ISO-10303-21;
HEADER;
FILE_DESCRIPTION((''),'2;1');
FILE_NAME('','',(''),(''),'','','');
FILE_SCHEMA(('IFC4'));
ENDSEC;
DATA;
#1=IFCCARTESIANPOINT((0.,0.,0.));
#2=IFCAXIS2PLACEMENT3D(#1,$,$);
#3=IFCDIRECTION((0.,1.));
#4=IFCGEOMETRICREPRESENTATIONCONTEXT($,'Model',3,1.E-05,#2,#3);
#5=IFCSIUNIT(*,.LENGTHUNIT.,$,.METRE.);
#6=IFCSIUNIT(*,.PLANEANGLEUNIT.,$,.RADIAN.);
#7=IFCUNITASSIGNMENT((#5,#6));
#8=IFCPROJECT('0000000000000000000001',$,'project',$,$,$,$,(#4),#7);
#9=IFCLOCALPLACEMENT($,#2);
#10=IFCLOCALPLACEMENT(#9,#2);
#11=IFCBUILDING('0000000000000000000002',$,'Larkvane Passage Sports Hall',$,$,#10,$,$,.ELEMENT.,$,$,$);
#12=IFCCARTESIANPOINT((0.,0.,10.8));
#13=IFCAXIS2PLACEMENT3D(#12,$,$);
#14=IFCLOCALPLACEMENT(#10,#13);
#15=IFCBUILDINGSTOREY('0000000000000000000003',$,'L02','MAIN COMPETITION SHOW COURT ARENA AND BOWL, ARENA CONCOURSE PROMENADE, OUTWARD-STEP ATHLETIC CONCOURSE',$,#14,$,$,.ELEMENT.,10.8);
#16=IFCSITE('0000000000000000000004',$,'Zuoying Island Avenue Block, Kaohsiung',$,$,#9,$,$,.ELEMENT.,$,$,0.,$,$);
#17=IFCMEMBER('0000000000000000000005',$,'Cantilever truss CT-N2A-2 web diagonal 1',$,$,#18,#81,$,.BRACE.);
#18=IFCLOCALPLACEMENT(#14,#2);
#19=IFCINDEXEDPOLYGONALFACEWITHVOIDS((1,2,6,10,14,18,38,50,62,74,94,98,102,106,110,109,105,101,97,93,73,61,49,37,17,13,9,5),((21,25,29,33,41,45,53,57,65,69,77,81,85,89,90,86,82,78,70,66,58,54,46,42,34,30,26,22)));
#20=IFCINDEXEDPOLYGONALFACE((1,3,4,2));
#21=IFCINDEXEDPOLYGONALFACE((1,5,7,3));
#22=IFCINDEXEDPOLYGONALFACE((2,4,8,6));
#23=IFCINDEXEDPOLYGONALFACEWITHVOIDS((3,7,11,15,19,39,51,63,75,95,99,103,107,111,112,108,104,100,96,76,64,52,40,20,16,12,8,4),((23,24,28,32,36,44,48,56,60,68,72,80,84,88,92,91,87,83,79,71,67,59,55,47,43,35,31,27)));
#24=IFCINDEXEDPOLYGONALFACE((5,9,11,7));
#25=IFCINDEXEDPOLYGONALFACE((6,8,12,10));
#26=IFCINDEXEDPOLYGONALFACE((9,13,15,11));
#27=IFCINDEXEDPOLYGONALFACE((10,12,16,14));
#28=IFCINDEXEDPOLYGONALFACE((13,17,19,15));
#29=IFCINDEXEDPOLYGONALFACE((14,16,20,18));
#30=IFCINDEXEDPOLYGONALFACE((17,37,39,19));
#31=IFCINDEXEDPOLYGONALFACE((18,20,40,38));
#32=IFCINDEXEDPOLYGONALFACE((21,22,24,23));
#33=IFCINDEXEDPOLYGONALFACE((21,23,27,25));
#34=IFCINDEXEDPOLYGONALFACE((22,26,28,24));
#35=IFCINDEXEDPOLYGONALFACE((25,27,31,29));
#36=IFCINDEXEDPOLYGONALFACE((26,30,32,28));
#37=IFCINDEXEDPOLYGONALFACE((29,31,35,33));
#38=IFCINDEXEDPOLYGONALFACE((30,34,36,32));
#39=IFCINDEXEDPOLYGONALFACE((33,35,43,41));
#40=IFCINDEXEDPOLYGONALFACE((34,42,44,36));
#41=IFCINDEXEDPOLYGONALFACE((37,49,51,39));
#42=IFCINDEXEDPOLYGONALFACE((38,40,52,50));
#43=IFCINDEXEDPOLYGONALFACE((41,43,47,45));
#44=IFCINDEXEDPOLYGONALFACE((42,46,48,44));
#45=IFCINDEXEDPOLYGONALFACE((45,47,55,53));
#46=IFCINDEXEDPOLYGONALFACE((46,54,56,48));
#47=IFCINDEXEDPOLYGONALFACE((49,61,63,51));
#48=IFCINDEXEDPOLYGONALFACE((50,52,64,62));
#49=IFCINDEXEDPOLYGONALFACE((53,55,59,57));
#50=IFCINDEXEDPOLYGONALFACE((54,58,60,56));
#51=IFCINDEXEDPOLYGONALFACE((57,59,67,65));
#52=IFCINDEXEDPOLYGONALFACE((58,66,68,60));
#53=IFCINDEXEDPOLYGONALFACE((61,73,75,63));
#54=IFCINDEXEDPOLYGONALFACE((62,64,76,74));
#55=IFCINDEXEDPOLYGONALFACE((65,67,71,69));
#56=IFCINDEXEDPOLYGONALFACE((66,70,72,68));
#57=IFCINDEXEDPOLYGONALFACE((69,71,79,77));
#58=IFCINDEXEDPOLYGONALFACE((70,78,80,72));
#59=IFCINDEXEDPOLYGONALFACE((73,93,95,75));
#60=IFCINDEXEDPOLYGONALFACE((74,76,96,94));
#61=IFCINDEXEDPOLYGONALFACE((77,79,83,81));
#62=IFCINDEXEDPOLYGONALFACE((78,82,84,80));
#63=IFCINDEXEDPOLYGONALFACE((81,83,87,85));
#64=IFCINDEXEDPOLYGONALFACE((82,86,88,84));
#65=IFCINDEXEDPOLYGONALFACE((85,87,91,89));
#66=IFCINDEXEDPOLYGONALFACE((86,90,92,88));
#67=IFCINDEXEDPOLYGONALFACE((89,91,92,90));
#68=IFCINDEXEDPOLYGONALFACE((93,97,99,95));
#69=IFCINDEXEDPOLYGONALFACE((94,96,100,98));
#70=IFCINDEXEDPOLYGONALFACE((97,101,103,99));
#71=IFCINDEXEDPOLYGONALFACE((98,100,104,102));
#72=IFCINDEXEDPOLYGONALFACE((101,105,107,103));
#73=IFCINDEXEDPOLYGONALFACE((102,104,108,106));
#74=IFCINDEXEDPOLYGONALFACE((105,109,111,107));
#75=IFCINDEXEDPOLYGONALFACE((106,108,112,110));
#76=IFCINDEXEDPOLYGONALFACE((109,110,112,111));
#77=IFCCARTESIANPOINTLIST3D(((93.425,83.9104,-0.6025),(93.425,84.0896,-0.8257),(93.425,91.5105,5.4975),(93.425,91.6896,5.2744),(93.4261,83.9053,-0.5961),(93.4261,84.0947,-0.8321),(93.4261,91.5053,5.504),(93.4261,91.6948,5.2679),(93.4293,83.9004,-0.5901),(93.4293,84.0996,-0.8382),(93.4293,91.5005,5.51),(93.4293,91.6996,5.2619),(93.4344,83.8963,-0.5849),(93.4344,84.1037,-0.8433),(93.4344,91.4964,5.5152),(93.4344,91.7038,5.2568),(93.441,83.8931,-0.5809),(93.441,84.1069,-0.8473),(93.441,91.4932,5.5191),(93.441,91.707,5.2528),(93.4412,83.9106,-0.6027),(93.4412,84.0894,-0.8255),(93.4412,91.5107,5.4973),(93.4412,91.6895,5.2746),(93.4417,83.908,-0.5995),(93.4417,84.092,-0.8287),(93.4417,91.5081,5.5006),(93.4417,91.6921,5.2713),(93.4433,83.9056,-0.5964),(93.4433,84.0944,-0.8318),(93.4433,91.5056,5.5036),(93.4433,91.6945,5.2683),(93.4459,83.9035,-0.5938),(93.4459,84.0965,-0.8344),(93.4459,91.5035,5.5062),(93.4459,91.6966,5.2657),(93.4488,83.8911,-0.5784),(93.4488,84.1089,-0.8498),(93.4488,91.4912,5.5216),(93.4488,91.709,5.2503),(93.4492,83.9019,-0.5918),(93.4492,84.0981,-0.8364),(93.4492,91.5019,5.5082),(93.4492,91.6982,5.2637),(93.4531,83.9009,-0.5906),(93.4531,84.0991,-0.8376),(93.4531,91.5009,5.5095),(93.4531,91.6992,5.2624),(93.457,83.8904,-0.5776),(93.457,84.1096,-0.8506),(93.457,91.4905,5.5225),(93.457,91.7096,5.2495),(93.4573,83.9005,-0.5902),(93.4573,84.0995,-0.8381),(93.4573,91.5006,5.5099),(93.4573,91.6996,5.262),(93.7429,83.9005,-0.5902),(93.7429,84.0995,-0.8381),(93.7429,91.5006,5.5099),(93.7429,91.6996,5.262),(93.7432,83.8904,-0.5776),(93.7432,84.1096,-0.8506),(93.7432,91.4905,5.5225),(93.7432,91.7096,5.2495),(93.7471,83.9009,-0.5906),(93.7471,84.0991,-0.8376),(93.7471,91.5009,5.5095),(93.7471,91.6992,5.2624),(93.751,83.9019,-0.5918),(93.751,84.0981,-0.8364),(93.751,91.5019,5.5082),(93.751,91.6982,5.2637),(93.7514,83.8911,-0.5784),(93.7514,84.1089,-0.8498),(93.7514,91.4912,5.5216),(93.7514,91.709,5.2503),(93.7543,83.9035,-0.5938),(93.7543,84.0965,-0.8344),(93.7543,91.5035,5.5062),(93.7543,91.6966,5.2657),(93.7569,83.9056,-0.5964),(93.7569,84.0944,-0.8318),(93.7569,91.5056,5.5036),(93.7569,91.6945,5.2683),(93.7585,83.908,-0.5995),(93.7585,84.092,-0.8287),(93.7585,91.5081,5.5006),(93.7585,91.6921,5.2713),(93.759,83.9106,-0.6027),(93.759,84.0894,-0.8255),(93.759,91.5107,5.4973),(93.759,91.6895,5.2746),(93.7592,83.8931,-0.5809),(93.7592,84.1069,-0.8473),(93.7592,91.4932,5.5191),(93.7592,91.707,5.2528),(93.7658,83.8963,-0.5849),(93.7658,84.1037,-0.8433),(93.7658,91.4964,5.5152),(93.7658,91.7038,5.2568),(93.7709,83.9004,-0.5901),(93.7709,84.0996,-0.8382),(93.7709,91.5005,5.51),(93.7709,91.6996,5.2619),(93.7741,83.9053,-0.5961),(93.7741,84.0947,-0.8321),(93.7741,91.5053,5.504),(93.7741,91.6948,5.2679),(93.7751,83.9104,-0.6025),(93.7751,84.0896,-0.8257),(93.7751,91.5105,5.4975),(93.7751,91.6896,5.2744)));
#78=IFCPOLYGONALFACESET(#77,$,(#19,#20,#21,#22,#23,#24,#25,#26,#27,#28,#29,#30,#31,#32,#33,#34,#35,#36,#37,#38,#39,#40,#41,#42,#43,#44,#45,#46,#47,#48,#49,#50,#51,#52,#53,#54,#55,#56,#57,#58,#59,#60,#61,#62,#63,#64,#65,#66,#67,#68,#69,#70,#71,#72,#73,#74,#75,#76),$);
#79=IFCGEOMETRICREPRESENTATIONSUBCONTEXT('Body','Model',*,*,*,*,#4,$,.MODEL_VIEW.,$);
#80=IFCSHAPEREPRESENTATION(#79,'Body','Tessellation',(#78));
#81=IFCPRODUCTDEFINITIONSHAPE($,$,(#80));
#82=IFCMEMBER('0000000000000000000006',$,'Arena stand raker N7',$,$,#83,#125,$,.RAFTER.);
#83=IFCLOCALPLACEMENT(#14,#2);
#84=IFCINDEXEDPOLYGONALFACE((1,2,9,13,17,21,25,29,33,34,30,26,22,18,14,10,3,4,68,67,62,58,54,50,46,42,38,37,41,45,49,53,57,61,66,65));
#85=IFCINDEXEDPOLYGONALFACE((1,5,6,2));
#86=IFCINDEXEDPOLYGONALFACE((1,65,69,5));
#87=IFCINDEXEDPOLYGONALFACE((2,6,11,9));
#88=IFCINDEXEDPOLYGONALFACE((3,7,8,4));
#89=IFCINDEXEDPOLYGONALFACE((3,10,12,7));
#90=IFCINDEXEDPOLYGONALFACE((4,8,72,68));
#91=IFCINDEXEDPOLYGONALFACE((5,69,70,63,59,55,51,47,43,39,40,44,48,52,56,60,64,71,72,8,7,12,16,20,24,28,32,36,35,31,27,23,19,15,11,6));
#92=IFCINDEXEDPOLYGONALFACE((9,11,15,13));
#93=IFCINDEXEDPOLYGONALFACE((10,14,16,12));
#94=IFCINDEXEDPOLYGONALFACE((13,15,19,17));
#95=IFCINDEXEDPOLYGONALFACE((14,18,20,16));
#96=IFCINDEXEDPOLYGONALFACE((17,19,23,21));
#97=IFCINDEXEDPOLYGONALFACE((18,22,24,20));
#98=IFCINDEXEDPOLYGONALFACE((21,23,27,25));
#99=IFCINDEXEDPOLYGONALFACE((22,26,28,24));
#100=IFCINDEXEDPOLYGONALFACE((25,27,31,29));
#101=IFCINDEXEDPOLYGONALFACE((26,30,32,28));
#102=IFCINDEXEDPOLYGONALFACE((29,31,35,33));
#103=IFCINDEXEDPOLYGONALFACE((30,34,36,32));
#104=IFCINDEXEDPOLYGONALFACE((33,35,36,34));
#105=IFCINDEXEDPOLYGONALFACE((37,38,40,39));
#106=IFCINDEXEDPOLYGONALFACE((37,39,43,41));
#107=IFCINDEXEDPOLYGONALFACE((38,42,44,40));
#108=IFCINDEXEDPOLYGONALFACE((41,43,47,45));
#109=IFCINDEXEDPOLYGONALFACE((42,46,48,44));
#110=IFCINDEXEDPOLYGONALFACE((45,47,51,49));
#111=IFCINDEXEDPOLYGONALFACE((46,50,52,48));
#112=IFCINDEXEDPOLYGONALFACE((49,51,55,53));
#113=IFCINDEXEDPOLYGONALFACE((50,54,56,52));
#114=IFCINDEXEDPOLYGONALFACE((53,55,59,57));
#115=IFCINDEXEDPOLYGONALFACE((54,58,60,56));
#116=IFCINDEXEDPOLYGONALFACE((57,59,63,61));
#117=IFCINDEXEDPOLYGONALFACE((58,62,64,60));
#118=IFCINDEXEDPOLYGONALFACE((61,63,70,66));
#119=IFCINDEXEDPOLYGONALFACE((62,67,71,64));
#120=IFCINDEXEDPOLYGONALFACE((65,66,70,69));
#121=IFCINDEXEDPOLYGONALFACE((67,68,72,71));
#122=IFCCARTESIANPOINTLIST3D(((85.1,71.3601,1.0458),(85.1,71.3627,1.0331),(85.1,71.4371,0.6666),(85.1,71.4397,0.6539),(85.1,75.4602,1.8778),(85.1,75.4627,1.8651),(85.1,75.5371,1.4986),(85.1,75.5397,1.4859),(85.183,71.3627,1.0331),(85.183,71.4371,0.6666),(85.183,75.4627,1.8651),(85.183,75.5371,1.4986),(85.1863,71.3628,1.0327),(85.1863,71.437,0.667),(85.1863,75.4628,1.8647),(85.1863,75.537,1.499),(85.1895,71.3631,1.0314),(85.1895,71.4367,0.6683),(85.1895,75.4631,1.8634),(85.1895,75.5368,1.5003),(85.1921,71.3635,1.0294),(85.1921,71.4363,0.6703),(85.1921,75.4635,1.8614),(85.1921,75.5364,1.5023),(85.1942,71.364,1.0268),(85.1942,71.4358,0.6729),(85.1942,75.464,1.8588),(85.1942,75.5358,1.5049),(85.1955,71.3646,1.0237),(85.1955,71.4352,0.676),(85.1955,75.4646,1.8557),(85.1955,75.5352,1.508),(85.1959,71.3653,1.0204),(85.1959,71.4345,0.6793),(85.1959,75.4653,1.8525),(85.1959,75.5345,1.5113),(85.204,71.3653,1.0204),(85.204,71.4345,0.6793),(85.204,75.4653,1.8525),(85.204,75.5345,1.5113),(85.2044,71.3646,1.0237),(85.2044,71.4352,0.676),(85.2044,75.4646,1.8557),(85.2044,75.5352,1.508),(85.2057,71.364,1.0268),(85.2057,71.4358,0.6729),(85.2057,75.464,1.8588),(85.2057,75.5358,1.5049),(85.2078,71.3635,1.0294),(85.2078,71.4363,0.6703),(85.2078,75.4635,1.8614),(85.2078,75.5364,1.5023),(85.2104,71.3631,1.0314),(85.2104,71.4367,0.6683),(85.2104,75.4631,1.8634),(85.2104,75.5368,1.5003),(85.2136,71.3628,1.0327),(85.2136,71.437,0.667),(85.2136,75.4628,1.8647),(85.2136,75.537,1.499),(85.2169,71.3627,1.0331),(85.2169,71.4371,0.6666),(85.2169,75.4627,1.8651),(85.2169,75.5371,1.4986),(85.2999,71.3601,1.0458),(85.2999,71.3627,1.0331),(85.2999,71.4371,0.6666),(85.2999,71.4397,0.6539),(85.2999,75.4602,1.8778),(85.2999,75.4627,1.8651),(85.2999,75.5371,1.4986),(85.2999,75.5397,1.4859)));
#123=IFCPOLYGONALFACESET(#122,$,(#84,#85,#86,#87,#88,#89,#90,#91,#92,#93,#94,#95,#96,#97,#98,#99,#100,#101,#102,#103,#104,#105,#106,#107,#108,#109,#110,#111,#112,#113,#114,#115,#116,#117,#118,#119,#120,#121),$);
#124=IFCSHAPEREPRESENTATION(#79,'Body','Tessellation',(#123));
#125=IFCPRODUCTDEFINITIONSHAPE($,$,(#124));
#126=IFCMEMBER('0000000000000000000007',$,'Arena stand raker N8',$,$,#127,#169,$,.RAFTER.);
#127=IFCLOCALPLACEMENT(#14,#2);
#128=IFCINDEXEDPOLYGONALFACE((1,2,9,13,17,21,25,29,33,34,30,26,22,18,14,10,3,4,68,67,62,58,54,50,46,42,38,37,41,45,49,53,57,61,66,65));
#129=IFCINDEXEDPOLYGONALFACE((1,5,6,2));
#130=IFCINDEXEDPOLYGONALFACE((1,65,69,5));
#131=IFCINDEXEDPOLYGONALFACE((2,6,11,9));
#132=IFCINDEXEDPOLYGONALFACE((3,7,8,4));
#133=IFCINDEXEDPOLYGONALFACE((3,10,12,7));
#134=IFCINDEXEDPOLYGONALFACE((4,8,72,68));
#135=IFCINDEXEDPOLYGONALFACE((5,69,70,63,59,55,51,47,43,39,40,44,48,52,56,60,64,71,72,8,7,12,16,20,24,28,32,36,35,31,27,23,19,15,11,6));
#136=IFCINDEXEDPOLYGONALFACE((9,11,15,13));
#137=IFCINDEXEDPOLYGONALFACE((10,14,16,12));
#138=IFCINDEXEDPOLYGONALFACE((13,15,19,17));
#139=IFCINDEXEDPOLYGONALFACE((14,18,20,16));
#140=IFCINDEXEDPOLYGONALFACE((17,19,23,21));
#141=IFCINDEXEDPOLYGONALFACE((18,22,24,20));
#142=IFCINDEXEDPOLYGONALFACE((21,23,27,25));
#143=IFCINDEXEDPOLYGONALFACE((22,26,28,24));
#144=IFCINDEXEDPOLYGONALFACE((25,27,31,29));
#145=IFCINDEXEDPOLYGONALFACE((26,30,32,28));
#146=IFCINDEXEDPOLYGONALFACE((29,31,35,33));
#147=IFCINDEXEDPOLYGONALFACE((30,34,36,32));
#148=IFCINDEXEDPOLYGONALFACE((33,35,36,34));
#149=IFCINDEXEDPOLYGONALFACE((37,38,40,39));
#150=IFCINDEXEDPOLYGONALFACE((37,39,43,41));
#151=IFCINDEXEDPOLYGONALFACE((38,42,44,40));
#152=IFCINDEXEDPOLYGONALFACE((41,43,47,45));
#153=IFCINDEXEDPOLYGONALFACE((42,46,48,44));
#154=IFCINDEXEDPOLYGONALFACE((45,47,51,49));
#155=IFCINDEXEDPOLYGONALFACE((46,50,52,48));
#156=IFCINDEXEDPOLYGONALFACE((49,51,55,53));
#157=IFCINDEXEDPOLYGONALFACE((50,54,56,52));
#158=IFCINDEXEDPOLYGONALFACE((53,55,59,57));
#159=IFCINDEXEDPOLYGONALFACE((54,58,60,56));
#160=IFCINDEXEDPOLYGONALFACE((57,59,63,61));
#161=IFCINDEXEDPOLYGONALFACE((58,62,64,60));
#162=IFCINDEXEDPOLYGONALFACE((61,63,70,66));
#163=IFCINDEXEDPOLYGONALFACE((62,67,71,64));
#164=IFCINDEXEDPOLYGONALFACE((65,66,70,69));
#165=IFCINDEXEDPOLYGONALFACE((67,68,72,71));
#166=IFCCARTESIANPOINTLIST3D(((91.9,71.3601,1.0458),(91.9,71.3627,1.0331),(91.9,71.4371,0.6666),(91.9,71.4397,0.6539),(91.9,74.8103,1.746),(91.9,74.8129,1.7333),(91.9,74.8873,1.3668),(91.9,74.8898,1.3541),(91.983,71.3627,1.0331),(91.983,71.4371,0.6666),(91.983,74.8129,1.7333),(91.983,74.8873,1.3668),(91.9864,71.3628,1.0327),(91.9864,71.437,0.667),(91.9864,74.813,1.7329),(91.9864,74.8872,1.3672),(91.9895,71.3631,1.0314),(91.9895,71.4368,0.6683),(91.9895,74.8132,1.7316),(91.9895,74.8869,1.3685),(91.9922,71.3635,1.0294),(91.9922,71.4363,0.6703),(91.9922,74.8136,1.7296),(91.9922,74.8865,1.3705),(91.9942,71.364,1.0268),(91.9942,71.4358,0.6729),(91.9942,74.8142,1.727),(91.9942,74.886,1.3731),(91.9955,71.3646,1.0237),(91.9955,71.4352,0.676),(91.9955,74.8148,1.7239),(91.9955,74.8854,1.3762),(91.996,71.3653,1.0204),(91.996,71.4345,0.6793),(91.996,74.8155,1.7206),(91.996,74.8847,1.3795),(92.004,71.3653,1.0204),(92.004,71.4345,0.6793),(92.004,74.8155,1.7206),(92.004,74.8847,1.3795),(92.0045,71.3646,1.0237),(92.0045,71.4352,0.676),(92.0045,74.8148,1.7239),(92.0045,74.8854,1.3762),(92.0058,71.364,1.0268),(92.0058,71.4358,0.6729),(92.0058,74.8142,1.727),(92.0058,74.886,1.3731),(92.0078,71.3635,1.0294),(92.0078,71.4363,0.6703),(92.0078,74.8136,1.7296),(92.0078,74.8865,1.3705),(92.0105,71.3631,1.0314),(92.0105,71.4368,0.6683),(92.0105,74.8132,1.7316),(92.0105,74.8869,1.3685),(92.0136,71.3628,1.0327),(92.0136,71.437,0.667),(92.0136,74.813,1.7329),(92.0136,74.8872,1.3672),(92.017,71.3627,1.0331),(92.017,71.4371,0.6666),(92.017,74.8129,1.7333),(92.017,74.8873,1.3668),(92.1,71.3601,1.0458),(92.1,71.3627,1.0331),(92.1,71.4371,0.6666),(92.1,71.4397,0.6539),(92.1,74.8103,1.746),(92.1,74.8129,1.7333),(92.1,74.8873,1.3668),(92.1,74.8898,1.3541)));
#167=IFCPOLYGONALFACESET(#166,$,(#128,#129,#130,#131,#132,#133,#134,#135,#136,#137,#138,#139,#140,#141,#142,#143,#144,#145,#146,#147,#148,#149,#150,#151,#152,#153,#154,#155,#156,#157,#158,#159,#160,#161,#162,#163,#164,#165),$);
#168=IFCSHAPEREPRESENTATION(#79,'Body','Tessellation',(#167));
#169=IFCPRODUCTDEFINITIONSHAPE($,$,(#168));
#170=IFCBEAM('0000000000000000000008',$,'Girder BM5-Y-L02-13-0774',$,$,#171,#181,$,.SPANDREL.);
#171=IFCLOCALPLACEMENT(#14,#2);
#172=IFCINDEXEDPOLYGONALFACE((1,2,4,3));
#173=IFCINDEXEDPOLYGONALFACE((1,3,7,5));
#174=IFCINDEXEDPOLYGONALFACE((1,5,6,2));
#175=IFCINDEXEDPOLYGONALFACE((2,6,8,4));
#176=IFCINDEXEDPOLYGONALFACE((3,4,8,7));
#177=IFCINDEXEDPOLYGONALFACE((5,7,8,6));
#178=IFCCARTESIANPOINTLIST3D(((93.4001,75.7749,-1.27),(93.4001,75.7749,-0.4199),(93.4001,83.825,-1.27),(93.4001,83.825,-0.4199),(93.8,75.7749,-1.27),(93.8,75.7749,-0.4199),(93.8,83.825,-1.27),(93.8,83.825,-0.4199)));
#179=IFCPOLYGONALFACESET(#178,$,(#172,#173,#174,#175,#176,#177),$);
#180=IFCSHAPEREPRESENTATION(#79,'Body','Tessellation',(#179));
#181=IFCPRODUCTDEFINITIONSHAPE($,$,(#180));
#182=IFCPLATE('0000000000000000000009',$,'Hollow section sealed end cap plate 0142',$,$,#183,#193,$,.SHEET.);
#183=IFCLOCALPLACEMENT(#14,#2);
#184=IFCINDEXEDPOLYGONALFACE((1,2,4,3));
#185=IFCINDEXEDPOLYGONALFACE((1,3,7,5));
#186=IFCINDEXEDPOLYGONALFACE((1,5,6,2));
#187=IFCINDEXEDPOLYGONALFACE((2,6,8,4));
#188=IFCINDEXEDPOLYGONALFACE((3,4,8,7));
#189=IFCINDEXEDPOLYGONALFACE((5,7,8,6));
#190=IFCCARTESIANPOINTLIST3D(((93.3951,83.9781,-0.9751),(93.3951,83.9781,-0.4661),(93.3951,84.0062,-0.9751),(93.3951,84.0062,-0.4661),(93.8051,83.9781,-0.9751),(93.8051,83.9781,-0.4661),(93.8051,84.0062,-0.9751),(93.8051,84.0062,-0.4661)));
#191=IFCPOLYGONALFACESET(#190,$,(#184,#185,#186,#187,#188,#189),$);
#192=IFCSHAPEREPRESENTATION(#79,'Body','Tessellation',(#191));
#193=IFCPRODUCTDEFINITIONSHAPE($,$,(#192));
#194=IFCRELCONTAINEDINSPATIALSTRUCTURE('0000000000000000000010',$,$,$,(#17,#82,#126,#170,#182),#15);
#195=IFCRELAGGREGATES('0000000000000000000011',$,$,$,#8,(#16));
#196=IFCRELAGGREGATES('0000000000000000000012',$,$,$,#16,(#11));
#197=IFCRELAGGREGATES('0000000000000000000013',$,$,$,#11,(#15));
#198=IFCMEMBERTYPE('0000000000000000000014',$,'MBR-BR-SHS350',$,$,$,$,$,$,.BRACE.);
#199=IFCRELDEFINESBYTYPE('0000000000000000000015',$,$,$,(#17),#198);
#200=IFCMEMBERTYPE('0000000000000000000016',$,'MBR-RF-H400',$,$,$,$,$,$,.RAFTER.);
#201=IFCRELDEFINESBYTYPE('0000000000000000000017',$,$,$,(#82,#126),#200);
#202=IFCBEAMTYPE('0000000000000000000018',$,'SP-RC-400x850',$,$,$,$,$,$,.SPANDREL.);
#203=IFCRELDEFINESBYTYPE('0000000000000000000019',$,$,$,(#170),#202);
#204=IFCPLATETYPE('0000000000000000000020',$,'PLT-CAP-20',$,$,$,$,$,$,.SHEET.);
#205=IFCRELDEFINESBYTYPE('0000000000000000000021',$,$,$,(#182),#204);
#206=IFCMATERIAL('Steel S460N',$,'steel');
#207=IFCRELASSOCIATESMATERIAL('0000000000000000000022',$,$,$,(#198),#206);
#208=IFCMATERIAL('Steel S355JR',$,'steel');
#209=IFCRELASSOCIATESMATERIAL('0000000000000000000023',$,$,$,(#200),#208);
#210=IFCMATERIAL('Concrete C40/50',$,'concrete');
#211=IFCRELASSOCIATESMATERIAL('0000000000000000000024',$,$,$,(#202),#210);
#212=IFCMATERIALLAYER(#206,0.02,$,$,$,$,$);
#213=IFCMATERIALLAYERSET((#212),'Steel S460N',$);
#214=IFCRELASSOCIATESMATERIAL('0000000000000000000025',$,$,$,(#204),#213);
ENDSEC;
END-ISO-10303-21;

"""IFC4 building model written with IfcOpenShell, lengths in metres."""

from ifc_helpers import new_model, si_unit, direction, frame, origin, origin_2d, place, context, subcontext, project, spatial, rectangle, hollow_rectangle, i_section, extrude, material, layer, layer_set, material_profile, profile_set, type_object, element, save


model = new_model("IFC4")

# Units and contexts
model_context = context("Model", 3, precision=1e-05, world=origin(), true_north=direction((0.0, 1.0)))
body_context = subcontext(model_context, "Body", "Model", "MODEL_VIEW")
ifc_project = project(units=[si_unit("LENGTHUNIT", "METRE"), si_unit("PLANEANGLEUNIT", "RADIAN")], contexts=[model_context])

# Site, building, storey
site_placement = place(None, origin())
site = spatial("IfcSite", under=ifc_project, at=site_placement, Name="Zuoying Island Avenue Block, Kaohsiung", CompositionType="ELEMENT", RefElevation=0.0)
building_placement = place(site_placement, origin())
building = spatial("IfcBuilding", under=site, at=building_placement, Name="Larkvane Passage Sports Hall", CompositionType="ELEMENT")
storey_placement = place(building_placement, frame((0.0, 0.0, 10.8)))
storey = spatial("IfcBuildingStorey", under=building, at=storey_placement, Name="L02", Description="MAIN COMPETITION SHOW COURT ARENA AND BOWL, ARENA CONCOURSE PROMENADE, OUTWARD-STEP ATHLETIC CONCOURSE", CompositionType="ELEMENT", Elevation=10.8)

# Shared definitions
ifc_material_1 = material(Name="Steel S355JR", Category="steel")
ifc_material_2 = material(Name="Steel S460N", Category="steel")

# Members
ifc_material_profile_1 = material_profile(ifc_material_2, hollow_rectangle(XDim=0.3501, YDim=0.3501, WallThickness=0.0161, InnerFilletRadius=0.0161, OuterFilletRadius=0.032, at=origin_2d()), Name="SHS-350x350x16")
ifc_profile_set_1 = profile_set([ifc_material_profile_1], Name="Steel S460N")
member_type_1 = type_object("IfcMemberType", Name="MBR-BR-SHS350", PredefinedType="BRACE", material=ifc_profile_set_1)
member_1_placement = place(storey_placement, frame((93.6001, 84.0, -0.7141), z_axis=(0.0, 0.779866, 0.625947), x_axis=(-1.0, 0.0, 0.0)))
element("IfcMember", 1, at=member_1_placement, inside=storey, type_object=member_type_1, Name="Cantilever truss CT-N2A-2 web diagonal 1", PredefinedType="BRACE", context=body_context, shape_type="SweptSolid", body=[
    extrude(hollow_rectangle(XDim=0.3501, YDim=0.3501, WallThickness=0.0161, InnerFilletRadius=0.0161, OuterFilletRadius=0.032, at=origin_2d()), origin(), (0.0, 0.0, 1.0), 9.7454),
])
ifc_material_profile_2 = material_profile(ifc_material_1, i_section(OverallWidth=0.2, OverallDepth=0.3999, WebThickness=0.0081, FlangeThickness=0.0129, FilletRadius=0.0129, at=origin_2d()), Name="H-400x200x8x13")
ifc_profile_set_2 = profile_set([ifc_material_profile_2], Name="Steel S355JR")
member_type_2 = type_object("IfcMemberType", Name="MBR-RF-H400", PredefinedType="RAFTER", material=ifc_profile_set_2)
member_2_placement = place(storey_placement, frame((85.2, 71.3999, 0.8499), z_axis=(0.0, 0.980025, 0.198876), x_axis=(-1.0, 0.0, 0.0)))
element("IfcMember", 2, at=member_2_placement, inside=storey, type_object=member_type_2, Name="Arena stand raker N7", PredefinedType="RAFTER", context=body_context, shape_type="SweptSolid", body=[
    extrude(i_section(OverallWidth=0.2, OverallDepth=0.3999, WebThickness=0.0081, FlangeThickness=0.0129, FilletRadius=0.0129, at=origin_2d()), origin(), (0.0, 0.0, 1.0), 4.1836),
])
member_3_placement = place(storey_placement, frame((92.0, 71.3999, 0.8499), z_axis=(0.0, 0.980022, 0.198889), x_axis=(-1.0, 0.0, 0.0)))
element("IfcMember", 3, at=member_3_placement, inside=storey, type_object=member_type_2, Name="Arena stand raker N8", PredefinedType="RAFTER", context=body_context, shape_type="SweptSolid", body=[
    extrude(i_section(OverallWidth=0.2, OverallDepth=0.3999, WebThickness=0.0081, FlangeThickness=0.0129, FilletRadius=0.0129, at=origin_2d()), origin(), (0.0, 0.0, 1.0), 3.5205),
])

# Beam
ifc_material_3 = material(Name="Concrete C40/50", Category="concrete")
ifc_material_profile_3 = material_profile(ifc_material_3, rectangle(XDim=0.3999, YDim=0.8501, at=origin_2d()), Name="RC-SP-400x850")
ifc_profile_set_3 = profile_set([ifc_material_profile_3], Name="Concrete C40/50")
beam_type_1 = type_object("IfcBeamType", Name="SP-RC-400x850", PredefinedType="SPANDREL", material=ifc_profile_set_3)
beam_1_placement = place(storey_placement, frame((93.6001, 75.7749, -0.845), z_axis=(0.0, 1.0, 0.0), x_axis=(-1.0, 0.0, 0.0)))
element("IfcBeam", 4, at=beam_1_placement, inside=storey, type_object=beam_type_1, Name="Girder BM5-Y-L02-13-0774", PredefinedType="SPANDREL", context=body_context, shape_type="SweptSolid", body=[
    extrude(rectangle(XDim=0.3999, YDim=0.8501, at=origin_2d()), origin(), (0.0, 0.0, 1.0), 8.05),
])

# Plate
ifc_layer_1 = layer(ifc_material_2, 0.02)
ifc_layer_set_1 = layer_set([ifc_layer_1], Name="Steel S460N")
plate_type_1 = type_object("IfcPlateType", Name="PLT-CAP-20", PredefinedType="SHEET", material=ifc_layer_set_1)
plate_placement = place(storey_placement, frame((93.6001, 83.9922, -0.9751), z_axis=(0.0, 0.0, 1.0), x_axis=(-1.0, 0.0, 0.0)))
element("IfcPlate", 5, at=plate_placement, inside=storey, type_object=plate_type_1, Name="Hollow section sealed end cap plate 0142", PredefinedType="SHEET", context=body_context, shape_type="SweptSolid", body=[
    extrude(rectangle(XDim=0.4099, YDim=0.0281, at=origin_2d()), origin(), (0.0, 0.0, 1.0), 0.509),
])

save(model, "model.ifc")
